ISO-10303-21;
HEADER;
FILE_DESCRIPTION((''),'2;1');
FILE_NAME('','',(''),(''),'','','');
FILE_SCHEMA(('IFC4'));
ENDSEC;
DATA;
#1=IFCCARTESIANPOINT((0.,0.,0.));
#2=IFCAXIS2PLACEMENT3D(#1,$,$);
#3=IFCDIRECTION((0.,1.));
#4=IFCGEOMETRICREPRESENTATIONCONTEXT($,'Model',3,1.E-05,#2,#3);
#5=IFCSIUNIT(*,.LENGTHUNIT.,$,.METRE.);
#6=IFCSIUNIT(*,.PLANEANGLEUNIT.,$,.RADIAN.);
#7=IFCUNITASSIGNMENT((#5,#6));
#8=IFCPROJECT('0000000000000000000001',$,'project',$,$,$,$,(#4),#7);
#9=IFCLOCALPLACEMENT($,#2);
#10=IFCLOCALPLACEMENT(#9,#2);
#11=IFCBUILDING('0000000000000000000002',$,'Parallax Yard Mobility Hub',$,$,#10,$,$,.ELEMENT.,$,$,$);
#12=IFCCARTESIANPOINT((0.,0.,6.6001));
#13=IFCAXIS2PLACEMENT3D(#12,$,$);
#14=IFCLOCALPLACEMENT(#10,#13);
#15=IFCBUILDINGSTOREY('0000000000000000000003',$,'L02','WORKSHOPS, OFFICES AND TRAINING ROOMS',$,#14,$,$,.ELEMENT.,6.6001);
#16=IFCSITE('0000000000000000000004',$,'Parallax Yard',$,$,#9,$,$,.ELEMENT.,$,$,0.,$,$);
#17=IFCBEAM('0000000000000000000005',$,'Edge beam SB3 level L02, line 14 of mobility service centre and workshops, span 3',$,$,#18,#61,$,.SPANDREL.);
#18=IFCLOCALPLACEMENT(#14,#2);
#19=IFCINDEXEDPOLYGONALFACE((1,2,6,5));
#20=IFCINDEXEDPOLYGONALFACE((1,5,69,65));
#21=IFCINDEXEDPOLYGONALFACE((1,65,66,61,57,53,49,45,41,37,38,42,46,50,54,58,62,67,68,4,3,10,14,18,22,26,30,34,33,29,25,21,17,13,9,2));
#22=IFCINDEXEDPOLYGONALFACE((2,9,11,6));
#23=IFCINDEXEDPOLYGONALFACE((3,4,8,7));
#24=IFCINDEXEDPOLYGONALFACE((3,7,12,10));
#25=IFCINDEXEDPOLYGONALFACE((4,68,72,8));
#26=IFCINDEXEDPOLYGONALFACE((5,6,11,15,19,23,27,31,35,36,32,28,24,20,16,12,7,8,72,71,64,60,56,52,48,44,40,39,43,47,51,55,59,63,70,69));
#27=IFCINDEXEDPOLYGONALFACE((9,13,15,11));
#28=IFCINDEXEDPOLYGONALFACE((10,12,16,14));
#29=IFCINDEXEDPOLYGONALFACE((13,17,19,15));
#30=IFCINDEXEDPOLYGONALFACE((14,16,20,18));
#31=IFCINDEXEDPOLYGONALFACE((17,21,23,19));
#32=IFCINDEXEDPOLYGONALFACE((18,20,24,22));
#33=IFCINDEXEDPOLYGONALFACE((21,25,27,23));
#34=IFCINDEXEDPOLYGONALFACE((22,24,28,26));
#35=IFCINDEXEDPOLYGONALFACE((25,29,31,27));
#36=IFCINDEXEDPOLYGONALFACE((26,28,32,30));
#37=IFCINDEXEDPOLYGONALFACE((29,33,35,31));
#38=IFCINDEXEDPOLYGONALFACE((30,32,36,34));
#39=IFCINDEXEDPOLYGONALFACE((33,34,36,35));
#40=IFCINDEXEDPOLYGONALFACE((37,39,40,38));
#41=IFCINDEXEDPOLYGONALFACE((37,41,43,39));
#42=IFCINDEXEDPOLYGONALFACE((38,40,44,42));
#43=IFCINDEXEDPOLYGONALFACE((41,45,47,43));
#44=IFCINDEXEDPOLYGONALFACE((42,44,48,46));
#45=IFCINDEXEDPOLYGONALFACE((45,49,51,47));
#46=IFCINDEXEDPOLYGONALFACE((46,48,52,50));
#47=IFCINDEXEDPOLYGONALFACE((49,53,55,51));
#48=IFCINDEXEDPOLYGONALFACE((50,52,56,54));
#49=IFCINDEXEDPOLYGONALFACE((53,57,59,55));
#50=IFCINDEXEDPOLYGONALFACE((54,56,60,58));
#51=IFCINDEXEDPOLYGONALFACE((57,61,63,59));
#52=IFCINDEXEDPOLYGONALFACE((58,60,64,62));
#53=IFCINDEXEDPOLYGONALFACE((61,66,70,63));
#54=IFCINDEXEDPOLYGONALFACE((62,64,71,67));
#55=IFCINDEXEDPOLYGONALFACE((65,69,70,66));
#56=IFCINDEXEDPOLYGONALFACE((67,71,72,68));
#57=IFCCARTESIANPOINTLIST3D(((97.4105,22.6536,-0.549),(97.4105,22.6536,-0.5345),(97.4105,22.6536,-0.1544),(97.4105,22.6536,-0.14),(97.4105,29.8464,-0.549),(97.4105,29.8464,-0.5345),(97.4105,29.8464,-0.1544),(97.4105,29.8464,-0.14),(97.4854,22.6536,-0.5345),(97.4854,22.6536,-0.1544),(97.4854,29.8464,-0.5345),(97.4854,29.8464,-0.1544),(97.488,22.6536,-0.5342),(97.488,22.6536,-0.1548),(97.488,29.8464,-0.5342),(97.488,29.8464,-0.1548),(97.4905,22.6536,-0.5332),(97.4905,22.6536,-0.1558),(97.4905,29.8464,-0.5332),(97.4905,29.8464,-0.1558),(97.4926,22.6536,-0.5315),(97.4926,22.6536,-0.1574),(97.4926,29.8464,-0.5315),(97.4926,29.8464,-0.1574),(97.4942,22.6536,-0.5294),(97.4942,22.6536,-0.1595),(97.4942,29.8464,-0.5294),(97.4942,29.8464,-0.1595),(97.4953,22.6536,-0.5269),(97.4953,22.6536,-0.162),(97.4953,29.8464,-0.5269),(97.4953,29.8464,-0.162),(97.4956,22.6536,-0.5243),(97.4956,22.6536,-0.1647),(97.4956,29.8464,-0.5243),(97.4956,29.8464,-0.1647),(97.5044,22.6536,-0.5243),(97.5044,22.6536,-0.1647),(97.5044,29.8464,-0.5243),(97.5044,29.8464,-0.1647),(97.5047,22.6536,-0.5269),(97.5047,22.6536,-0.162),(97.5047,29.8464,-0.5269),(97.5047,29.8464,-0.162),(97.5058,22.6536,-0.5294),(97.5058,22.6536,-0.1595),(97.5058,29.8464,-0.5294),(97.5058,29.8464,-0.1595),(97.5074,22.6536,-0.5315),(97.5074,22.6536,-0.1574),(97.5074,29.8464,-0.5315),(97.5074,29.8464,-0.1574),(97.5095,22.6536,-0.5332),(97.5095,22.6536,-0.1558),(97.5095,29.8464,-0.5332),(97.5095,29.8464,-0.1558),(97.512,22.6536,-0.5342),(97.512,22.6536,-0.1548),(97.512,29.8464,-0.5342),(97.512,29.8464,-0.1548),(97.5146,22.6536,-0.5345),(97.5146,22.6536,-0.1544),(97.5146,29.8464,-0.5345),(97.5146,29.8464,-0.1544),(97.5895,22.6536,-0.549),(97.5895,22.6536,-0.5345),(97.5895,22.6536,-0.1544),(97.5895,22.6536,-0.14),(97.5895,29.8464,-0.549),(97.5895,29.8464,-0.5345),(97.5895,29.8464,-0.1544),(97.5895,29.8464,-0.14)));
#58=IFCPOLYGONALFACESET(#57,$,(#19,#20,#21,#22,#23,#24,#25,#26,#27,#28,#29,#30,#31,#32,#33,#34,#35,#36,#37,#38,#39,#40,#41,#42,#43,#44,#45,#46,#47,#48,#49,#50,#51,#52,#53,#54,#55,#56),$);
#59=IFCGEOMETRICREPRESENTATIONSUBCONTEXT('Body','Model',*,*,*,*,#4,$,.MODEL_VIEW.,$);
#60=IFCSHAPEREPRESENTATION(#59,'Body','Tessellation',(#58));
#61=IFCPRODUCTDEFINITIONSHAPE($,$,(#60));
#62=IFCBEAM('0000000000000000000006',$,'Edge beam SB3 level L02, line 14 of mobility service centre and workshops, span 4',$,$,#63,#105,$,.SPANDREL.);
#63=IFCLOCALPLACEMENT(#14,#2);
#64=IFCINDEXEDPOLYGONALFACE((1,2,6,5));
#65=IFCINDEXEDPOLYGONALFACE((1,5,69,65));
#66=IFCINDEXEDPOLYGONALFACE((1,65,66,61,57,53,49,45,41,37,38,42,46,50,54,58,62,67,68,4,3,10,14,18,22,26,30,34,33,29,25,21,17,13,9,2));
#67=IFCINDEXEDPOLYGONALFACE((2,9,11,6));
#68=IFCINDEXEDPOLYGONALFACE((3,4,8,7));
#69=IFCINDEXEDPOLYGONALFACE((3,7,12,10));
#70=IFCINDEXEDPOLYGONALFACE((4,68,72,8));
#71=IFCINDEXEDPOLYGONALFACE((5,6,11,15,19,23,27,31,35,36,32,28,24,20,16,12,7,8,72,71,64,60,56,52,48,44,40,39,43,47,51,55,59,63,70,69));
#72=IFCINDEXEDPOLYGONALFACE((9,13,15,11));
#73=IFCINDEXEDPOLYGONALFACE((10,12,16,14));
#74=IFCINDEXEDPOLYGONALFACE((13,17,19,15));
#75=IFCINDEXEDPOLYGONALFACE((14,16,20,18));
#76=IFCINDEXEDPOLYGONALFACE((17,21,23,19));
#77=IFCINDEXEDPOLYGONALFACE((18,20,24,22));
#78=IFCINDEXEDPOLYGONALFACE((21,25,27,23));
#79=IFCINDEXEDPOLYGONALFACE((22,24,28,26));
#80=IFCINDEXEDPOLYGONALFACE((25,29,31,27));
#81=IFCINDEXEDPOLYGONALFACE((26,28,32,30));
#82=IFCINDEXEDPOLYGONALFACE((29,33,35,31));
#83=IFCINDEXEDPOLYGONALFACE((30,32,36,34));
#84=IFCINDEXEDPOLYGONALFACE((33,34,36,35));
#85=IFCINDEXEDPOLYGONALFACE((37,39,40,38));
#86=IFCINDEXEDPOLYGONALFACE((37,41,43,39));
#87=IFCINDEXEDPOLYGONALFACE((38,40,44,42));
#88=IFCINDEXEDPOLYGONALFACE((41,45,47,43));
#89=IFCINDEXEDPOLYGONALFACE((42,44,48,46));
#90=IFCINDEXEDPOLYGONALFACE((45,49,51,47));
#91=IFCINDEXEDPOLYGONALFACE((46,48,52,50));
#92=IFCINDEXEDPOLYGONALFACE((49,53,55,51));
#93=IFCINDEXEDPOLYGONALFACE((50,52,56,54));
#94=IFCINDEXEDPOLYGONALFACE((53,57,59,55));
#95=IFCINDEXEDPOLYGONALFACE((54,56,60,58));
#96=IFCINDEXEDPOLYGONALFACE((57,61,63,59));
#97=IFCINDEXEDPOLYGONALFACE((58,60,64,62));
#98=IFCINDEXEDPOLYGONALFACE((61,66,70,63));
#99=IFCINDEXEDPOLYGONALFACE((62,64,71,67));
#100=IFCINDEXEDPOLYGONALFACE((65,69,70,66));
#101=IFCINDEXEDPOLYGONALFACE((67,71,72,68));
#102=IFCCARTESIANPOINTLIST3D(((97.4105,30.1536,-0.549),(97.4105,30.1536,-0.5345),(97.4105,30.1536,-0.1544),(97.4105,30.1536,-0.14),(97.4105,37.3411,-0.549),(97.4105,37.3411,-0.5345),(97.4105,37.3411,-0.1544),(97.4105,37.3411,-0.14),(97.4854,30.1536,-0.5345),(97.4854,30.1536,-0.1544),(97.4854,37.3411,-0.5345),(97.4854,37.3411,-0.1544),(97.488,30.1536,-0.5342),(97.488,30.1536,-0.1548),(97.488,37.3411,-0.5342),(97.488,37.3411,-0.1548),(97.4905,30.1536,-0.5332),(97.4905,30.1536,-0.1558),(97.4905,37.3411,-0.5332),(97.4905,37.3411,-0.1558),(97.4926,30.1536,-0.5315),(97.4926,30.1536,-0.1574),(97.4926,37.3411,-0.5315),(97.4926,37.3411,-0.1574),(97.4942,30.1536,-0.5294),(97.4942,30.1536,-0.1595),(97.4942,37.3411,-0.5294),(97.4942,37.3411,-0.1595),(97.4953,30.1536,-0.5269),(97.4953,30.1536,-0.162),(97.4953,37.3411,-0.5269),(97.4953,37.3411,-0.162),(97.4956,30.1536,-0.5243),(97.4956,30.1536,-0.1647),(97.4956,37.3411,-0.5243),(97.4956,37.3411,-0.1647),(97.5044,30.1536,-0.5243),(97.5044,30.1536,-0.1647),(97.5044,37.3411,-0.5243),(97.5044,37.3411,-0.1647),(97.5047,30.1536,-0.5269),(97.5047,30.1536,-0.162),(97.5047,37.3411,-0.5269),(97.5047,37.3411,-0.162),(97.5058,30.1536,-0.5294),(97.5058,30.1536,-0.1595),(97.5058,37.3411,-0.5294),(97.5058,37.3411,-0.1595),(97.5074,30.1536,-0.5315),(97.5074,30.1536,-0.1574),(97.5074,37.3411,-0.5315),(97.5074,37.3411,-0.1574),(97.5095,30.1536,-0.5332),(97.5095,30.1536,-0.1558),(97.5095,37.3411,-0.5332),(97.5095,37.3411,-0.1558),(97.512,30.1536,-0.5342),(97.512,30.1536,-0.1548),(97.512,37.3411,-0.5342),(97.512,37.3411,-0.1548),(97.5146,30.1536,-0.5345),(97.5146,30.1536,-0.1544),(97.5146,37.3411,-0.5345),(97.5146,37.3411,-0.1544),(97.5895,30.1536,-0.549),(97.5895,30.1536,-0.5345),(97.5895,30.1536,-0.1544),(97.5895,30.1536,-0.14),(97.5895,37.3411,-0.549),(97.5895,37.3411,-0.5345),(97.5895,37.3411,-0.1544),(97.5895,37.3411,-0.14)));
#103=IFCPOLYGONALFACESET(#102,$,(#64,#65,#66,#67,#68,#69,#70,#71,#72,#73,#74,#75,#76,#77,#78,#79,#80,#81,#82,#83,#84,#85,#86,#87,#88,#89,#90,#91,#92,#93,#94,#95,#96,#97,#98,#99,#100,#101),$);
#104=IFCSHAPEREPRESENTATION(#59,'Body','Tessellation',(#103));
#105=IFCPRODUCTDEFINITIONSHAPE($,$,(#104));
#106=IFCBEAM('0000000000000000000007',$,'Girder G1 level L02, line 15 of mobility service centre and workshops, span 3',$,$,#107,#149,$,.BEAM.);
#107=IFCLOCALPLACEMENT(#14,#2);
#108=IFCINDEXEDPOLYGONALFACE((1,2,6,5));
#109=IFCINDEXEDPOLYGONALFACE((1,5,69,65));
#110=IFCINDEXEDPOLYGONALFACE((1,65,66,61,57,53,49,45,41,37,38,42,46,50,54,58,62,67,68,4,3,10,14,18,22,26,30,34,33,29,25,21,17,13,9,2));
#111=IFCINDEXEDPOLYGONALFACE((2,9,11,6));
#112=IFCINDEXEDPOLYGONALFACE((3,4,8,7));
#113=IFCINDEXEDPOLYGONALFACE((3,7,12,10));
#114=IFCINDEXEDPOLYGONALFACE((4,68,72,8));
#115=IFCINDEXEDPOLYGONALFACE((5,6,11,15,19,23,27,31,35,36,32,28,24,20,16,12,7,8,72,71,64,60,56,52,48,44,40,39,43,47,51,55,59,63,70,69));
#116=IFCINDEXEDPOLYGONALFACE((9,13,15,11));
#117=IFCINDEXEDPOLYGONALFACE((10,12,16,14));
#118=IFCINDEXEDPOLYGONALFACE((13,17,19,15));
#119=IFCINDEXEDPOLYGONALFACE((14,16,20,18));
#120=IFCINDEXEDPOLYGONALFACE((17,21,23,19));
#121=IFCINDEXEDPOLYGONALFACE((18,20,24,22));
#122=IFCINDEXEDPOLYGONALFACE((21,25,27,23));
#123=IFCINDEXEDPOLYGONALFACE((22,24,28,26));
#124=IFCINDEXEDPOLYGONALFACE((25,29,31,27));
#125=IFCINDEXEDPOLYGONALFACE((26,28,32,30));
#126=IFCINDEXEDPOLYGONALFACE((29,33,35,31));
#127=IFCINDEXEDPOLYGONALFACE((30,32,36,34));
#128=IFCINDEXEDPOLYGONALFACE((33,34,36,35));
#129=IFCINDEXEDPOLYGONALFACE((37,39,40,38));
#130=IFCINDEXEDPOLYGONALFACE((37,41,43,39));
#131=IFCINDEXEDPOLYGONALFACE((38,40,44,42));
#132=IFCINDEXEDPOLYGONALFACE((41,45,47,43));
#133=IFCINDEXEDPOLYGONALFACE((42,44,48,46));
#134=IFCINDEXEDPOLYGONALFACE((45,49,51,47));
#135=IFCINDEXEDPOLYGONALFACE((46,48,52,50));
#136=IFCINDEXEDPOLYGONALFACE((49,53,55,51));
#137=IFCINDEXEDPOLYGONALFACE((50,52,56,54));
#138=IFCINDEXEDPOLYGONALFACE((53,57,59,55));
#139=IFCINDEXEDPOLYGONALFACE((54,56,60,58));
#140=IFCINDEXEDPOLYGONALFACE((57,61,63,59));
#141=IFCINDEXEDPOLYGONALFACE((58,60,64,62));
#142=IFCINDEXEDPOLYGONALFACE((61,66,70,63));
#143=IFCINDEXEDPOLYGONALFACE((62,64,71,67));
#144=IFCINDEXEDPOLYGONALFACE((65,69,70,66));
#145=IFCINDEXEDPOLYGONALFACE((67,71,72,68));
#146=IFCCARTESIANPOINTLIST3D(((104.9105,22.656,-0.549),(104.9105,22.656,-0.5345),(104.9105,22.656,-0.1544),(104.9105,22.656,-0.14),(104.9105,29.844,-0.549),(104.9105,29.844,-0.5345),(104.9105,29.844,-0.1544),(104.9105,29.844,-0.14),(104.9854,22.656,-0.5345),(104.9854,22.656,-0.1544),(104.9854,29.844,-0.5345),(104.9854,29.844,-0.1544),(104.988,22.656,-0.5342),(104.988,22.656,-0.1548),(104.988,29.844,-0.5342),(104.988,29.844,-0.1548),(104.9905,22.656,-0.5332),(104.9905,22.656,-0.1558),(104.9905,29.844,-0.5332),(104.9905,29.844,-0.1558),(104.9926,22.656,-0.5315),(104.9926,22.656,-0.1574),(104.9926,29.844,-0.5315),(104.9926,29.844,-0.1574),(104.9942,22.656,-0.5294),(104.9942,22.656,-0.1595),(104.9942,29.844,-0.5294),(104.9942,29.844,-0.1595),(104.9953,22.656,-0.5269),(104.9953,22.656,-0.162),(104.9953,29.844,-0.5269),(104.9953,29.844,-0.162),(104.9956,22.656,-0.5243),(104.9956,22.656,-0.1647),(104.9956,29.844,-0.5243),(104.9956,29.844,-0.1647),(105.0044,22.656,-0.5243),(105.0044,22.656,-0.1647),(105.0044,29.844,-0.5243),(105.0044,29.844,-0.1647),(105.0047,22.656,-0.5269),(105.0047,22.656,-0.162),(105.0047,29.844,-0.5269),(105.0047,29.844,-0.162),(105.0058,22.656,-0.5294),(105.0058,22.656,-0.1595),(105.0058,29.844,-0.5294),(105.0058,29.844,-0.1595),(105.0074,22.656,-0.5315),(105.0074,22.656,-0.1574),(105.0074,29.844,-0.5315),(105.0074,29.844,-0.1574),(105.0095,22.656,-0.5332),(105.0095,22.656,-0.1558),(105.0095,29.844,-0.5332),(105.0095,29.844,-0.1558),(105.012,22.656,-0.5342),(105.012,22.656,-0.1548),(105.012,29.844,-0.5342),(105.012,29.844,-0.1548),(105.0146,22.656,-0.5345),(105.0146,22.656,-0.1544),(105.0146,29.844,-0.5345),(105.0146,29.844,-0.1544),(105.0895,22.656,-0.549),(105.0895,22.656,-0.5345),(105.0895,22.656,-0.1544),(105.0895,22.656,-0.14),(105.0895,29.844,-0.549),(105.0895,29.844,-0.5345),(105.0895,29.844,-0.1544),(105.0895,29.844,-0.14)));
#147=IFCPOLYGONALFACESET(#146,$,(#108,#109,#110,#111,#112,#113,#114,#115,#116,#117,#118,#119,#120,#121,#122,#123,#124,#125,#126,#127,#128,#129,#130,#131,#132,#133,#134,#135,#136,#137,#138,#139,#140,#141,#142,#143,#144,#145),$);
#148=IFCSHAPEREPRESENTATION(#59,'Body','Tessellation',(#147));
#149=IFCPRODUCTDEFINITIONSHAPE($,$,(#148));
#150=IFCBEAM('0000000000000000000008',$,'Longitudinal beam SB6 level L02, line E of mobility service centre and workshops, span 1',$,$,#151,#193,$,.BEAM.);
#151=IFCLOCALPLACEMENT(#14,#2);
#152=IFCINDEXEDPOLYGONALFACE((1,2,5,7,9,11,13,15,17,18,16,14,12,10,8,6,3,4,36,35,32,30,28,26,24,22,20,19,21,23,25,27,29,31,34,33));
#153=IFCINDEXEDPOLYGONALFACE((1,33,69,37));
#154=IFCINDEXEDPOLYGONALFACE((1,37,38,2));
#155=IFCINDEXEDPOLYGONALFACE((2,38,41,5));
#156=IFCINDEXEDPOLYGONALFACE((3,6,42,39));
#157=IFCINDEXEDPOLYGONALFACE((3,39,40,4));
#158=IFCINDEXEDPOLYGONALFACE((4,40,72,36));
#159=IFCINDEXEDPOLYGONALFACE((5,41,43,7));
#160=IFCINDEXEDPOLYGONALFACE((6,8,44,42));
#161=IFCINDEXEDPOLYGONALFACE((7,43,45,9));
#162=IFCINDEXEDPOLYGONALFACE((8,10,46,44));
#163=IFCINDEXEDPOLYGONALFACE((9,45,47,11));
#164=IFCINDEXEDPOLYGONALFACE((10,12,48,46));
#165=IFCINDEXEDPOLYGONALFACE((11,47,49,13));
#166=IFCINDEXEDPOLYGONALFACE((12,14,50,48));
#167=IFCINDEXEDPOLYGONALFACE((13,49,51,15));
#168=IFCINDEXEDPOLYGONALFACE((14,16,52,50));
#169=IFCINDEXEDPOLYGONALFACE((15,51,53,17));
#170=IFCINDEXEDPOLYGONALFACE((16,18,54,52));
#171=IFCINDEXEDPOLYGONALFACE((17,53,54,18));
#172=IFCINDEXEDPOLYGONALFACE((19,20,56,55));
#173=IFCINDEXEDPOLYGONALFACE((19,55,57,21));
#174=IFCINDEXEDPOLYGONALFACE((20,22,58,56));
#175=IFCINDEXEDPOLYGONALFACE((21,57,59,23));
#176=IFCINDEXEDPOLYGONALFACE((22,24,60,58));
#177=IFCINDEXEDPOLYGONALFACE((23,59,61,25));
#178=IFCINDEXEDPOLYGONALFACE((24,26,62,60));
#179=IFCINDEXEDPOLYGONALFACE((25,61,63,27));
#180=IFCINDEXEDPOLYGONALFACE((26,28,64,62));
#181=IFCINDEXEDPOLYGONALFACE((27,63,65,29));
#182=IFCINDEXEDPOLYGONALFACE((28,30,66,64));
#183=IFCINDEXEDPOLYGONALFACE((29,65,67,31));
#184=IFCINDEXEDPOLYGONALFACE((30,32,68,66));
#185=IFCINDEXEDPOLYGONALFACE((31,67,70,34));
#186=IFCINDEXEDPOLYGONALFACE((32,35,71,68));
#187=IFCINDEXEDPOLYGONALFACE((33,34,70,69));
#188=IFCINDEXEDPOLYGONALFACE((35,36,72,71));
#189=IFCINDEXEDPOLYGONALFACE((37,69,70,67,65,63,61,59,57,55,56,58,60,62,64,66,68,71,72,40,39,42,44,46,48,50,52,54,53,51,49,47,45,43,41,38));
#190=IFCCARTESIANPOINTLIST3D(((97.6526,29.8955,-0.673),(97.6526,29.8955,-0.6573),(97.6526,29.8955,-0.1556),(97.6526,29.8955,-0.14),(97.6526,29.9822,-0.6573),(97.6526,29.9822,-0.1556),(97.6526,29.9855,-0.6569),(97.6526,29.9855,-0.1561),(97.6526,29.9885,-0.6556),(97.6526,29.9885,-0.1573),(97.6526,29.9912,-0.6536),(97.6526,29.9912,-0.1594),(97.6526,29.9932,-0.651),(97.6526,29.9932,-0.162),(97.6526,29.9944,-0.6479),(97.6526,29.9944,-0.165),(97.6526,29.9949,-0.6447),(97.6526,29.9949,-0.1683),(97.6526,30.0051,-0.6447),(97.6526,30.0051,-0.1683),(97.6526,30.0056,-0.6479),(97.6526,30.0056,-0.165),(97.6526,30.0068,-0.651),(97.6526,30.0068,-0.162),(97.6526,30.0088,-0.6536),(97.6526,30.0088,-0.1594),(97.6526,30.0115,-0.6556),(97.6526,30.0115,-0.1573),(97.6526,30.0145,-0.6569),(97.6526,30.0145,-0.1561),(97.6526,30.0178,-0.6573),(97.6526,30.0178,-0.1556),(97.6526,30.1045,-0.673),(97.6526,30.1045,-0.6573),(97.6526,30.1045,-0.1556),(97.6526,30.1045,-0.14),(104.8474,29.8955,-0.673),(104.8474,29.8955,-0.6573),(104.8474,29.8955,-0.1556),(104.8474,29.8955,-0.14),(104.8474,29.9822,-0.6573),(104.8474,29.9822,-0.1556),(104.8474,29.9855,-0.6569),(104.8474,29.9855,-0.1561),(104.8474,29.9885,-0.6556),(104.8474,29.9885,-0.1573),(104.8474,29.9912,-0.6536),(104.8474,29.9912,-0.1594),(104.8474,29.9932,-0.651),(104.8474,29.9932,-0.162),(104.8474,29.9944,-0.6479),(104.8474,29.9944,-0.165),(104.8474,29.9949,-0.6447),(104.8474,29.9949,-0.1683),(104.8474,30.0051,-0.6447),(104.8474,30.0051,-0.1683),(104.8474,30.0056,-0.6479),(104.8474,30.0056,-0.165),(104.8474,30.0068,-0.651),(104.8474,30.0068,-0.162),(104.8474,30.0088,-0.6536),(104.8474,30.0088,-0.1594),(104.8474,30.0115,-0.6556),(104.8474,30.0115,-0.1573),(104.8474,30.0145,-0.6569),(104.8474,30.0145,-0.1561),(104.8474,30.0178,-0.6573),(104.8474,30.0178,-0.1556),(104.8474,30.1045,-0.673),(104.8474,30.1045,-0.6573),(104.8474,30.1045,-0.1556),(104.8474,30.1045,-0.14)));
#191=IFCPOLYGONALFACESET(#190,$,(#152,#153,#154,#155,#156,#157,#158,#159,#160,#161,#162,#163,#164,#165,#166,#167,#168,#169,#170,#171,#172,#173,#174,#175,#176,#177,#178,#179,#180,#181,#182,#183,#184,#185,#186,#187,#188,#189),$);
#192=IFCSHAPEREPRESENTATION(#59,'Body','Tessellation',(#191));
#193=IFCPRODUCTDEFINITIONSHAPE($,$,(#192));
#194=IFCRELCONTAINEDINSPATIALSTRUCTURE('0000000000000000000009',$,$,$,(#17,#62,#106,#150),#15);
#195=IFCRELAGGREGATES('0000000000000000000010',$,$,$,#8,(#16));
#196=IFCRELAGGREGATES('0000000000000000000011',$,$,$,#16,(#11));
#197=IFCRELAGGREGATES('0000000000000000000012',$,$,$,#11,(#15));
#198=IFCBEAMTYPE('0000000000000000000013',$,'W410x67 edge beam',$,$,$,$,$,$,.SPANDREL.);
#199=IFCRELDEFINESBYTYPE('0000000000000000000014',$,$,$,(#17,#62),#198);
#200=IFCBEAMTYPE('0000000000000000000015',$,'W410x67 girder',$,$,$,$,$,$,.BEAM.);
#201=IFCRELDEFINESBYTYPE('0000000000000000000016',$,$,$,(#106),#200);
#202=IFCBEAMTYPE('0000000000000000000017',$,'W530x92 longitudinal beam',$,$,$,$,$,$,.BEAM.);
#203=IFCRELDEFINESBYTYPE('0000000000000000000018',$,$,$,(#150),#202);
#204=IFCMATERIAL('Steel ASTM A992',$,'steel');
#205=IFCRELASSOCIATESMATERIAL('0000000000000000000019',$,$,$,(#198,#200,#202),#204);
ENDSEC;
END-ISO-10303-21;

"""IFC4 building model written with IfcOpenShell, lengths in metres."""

from ifc_helpers import new_model, si_unit, direction, frame, origin, origin_2d, place, context, subcontext, project, spatial, i_section, extrude, material, material_profile, profile_set, type_object, element, save


model = new_model("IFC4")

# Units and contexts
model_context = context("Model", 3, precision=1e-05, world=origin(), true_north=direction((0.0, 1.0)))
body_context = subcontext(model_context, "Body", "Model", "MODEL_VIEW")
ifc_project = project(units=[si_unit("LENGTHUNIT", "METRE"), si_unit("PLANEANGLEUNIT", "RADIAN")], contexts=[model_context])

# Site, building, storey
site_placement = place(None, origin())
site = spatial("IfcSite", under=ifc_project, at=site_placement, Name="Parallax Yard", CompositionType="ELEMENT", RefElevation=0.0)
building_placement = place(site_placement, origin())
building = spatial("IfcBuilding", under=site, at=building_placement, Name="Parallax Yard Mobility Hub", CompositionType="ELEMENT")
storey_placement = place(building_placement, frame((0.0, 0.0, 6.6001)))
storey = spatial("IfcBuildingStorey", under=building, at=storey_placement, Name="L02", Description="WORKSHOPS, OFFICES AND TRAINING ROOMS", CompositionType="ELEMENT", Elevation=6.6001)

# Shared definitions
ifc_material_1 = material(Name="Steel ASTM A992", Category="steel")

# Beams
ifc_material_profile_1 = material_profile(ifc_material_1, i_section(OverallWidth=0.179, OverallDepth=0.4089, WebThickness=0.0088, FlangeThickness=0.0144, FilletRadius=0.0103, at=origin_2d()), Name="W410x67")
ifc_profile_set_1 = profile_set([ifc_material_profile_1], Name="Steel ASTM A992")
beam_type_1 = type_object("IfcBeamType", Name="W410x67 edge beam", PredefinedType="SPANDREL", material=ifc_profile_set_1)
beam_1_placement = place(storey_placement, frame((97.5, 22.6536, -0.3445), z_axis=(0.0, 1.0, 0.0), x_axis=(-1.0, 0.0, 0.0)))
element("IfcBeam", 1, at=beam_1_placement, inside=storey, type_object=beam_type_1, Name="Edge beam SB3 level L02, line 14 of mobility service centre and workshops, span 3", PredefinedType="SPANDREL", context=body_context, shape_type="SweptSolid", body=[
    extrude(i_section(OverallWidth=0.179, OverallDepth=0.4089, WebThickness=0.0088, FlangeThickness=0.0144, FilletRadius=0.0103, at=origin_2d()), origin(), (0.0, 0.0, 1.0), 7.1929),
])
beam_2_placement = place(storey_placement, frame((97.5, 30.1536, -0.3445), z_axis=(0.0, 1.0, 0.0), x_axis=(-1.0, 0.0, 0.0)))
element("IfcBeam", 2, at=beam_2_placement, inside=storey, type_object=beam_type_1, Name="Edge beam SB3 level L02, line 14 of mobility service centre and workshops, span 4", PredefinedType="SPANDREL", context=body_context, shape_type="SweptSolid", body=[
    extrude(i_section(OverallWidth=0.179, OverallDepth=0.4089, WebThickness=0.0088, FlangeThickness=0.0144, FilletRadius=0.0103, at=origin_2d()), origin(), (0.0, 0.0, 1.0), 7.1875),
])
ifc_material_profile_2 = material_profile(ifc_material_1, i_section(OverallWidth=0.179, OverallDepth=0.4089, WebThickness=0.0088, FlangeThickness=0.0144, FilletRadius=0.0103, at=origin_2d()), Name="W410x67")
ifc_profile_set_2 = profile_set([ifc_material_profile_2], Name="Steel ASTM A992")
beam_type_2 = type_object("IfcBeamType", Name="W410x67 girder", PredefinedType="BEAM", material=ifc_profile_set_2)
beam_3_placement = place(storey_placement, frame((105.0, 22.656, -0.3445), z_axis=(0.0, 1.0, 0.0), x_axis=(-1.0, 0.0, 0.0)))
element("IfcBeam", 3, at=beam_3_placement, inside=storey, type_object=beam_type_2, Name="Girder G1 level L02, line 15 of mobility service centre and workshops, span 3", PredefinedType="BEAM", context=body_context, shape_type="SweptSolid", body=[
    extrude(i_section(OverallWidth=0.179, OverallDepth=0.4089, WebThickness=0.0088, FlangeThickness=0.0144, FilletRadius=0.0103, at=origin_2d()), origin(), (0.0, 0.0, 1.0), 7.188),
])
ifc_material_profile_3 = material_profile(ifc_material_1, i_section(OverallWidth=0.209, OverallDepth=0.533, WebThickness=0.0103, FlangeThickness=0.0156, FilletRadius=0.0127, at=origin_2d()), Name="W530x92")
ifc_profile_set_3 = profile_set([ifc_material_profile_3], Name="Steel ASTM A992")
beam_type_3 = type_object("IfcBeamType", Name="W530x92 longitudinal beam", PredefinedType="BEAM", material=ifc_profile_set_3)
for number, where, z_axis, x_axis, name in (
    (4, (97.6526, 30.0, -0.4065), (1.0, 0.0, 0.0), (0.0, 1.0, 0.0), "Longitudinal beam SB6 level L02, line E of mobility service centre and workshops, span 1"),
):
    element("IfcBeam", number, at=place(storey_placement, frame(where, z_axis=z_axis, x_axis=x_axis)), inside=storey, type_object=beam_type_3, Name=name, PredefinedType="BEAM", context=body_context, shape_type="SweptSolid", body=[
        extrude(i_section(OverallWidth=0.209, OverallDepth=0.533, WebThickness=0.0103, FlangeThickness=0.0156, FilletRadius=0.0127, at=origin_2d()), origin(), (0.0, 0.0, 1.0), 7.1948),
    ])

save(model, "model.ifc")
